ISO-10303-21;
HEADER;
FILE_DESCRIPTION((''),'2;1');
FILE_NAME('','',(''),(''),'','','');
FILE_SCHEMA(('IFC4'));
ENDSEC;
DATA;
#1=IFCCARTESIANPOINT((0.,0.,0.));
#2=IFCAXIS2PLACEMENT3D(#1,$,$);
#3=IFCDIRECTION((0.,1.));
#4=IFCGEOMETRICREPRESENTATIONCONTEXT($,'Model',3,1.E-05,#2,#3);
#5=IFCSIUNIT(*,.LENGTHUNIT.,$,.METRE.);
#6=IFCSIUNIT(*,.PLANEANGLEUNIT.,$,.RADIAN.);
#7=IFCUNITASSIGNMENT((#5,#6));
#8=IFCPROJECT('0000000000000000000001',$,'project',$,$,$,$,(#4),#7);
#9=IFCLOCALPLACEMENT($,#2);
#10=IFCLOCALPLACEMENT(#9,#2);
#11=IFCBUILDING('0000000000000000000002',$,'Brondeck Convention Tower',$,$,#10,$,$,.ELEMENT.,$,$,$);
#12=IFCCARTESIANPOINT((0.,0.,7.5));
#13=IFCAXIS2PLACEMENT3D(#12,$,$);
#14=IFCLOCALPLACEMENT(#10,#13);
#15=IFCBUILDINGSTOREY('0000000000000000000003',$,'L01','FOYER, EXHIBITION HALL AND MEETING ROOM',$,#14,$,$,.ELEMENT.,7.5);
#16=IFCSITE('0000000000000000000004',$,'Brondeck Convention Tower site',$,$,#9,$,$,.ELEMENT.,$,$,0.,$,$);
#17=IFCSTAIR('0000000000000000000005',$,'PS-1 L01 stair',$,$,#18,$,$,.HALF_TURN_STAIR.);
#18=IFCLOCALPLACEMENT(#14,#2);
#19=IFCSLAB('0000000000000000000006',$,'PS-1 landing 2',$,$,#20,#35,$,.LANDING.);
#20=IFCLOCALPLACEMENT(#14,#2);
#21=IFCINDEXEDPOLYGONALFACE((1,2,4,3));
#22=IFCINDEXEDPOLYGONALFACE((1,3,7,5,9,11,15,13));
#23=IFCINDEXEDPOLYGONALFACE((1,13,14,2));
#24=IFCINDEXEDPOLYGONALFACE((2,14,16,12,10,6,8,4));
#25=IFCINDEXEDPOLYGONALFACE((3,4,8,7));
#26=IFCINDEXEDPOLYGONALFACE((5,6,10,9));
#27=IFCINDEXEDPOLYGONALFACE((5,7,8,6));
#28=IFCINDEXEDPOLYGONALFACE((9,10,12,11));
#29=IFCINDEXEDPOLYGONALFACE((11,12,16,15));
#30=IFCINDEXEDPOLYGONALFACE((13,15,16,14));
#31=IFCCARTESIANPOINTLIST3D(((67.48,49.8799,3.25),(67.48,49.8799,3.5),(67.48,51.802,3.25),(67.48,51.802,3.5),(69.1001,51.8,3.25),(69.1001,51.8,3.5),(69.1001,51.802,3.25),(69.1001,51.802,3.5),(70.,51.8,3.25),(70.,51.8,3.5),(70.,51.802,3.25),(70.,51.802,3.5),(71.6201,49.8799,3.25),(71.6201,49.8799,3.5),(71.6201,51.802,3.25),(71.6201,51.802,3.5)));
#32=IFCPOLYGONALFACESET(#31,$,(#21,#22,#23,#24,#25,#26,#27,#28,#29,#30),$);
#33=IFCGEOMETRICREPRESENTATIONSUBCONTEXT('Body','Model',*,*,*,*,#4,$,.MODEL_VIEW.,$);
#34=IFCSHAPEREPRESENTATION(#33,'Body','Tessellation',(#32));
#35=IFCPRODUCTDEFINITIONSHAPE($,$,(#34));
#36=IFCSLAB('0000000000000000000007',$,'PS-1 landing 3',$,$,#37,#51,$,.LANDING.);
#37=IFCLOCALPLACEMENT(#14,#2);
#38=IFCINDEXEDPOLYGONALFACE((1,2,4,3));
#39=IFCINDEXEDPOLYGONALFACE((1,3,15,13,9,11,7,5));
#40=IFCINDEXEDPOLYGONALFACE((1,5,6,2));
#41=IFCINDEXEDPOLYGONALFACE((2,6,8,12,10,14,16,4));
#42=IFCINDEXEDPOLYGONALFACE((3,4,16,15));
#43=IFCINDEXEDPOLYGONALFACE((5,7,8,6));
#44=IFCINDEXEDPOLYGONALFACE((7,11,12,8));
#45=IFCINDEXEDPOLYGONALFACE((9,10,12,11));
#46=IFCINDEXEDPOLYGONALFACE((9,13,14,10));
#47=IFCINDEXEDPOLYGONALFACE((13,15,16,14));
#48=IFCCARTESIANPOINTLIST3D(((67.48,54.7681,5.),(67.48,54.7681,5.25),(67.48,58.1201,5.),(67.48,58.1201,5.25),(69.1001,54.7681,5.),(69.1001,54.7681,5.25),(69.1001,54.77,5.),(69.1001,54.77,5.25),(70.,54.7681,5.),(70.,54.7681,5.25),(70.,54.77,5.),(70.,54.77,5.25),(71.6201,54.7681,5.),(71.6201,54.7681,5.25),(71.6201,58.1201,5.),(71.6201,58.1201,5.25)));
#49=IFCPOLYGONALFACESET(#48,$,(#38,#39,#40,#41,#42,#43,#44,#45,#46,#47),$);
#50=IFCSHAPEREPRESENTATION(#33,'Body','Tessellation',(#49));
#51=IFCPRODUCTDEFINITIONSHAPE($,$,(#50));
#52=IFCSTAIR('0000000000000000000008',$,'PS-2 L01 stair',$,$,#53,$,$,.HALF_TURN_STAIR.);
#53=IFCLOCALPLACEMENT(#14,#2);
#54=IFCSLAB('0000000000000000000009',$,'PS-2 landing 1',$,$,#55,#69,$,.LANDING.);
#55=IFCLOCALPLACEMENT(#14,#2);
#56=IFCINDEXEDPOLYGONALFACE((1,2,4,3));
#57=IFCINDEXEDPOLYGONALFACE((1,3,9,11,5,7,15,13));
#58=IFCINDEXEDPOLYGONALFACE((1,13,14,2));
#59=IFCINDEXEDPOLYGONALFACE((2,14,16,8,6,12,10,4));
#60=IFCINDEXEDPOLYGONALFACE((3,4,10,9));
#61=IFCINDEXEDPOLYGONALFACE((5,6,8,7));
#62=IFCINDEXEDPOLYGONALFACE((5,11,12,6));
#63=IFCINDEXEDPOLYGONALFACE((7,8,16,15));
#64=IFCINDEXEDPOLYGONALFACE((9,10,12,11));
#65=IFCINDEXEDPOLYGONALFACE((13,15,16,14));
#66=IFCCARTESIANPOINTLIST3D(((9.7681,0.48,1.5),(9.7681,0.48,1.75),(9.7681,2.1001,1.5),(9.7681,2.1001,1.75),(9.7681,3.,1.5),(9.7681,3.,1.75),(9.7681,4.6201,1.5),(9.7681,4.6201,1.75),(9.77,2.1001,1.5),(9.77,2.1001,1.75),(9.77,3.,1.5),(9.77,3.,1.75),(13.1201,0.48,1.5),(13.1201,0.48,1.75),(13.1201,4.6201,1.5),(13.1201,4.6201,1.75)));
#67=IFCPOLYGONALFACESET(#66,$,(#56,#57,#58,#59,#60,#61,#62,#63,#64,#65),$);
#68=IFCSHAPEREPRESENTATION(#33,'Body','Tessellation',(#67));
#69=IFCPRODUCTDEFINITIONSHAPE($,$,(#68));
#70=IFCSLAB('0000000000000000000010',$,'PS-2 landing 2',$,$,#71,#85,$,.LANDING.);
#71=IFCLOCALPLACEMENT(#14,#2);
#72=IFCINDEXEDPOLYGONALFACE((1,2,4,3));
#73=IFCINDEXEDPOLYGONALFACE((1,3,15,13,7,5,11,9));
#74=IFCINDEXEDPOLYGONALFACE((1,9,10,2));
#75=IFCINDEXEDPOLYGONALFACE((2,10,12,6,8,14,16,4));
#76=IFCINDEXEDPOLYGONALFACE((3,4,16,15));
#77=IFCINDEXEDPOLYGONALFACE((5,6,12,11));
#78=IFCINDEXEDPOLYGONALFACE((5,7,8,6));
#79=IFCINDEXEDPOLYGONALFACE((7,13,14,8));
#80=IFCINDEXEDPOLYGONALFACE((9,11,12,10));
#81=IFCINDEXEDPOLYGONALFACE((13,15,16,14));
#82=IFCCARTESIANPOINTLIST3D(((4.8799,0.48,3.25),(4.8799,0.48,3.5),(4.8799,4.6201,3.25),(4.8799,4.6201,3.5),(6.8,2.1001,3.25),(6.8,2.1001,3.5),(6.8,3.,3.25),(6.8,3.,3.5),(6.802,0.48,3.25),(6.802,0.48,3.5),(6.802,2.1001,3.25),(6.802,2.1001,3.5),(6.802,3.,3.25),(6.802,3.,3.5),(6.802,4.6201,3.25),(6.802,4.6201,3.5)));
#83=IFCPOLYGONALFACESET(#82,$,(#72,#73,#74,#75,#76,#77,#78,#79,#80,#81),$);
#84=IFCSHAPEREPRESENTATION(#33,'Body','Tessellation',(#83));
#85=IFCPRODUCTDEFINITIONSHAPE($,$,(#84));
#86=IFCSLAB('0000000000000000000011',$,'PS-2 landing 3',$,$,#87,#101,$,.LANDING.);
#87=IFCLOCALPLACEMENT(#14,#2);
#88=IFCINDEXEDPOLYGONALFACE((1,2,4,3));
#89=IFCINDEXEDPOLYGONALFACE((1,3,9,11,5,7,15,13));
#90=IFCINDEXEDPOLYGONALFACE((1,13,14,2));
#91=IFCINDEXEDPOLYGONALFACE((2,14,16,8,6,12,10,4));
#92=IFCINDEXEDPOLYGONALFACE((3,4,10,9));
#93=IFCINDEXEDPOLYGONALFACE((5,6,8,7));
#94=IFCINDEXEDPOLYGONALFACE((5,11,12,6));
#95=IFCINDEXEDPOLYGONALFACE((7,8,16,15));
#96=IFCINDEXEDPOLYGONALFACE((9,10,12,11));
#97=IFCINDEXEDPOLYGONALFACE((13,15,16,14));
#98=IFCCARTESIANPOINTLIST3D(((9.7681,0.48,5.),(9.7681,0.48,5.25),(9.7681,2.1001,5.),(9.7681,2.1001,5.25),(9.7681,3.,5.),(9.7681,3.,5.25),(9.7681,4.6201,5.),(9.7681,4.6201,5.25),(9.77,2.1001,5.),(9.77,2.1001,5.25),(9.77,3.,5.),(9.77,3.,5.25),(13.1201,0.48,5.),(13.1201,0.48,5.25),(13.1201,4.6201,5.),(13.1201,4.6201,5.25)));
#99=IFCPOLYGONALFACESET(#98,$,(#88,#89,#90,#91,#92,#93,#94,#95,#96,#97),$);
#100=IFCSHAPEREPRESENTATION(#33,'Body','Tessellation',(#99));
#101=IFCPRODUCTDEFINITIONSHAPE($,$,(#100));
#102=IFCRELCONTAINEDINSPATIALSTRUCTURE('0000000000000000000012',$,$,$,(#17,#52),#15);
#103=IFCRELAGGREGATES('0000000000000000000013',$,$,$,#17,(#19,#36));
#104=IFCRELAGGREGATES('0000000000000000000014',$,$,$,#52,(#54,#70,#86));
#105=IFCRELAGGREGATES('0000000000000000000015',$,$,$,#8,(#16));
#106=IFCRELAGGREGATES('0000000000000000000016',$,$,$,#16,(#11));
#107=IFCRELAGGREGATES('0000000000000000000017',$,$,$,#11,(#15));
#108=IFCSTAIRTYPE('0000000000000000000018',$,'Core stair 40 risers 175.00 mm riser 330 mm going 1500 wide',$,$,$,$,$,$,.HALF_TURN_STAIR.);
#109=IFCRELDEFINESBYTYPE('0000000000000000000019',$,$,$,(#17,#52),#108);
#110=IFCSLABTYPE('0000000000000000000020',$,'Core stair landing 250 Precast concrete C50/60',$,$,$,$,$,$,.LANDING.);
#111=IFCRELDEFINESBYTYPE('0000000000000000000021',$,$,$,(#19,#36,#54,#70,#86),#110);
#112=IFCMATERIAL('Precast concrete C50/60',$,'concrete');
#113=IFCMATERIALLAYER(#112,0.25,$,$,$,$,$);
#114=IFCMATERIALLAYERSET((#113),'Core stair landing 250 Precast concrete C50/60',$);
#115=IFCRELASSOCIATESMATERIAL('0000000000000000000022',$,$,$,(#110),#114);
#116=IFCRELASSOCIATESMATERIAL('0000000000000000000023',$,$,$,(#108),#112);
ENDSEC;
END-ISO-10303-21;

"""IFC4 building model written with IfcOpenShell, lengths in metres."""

from ifc_helpers import new_model, si_unit, direction, frame, origin, place, context, subcontext, project, spatial, polyline, outline, extrude, material, layer, layer_set, type_object, element, aggregate, save


model = new_model("IFC4")

# Units and contexts
model_context = context("Model", 3, precision=1e-05, world=origin(), true_north=direction((0.0, 1.0)))
body_context = subcontext(model_context, "Body", "Model", "MODEL_VIEW")
ifc_project = project(units=[si_unit("LENGTHUNIT", "METRE"), si_unit("PLANEANGLEUNIT", "RADIAN")], contexts=[model_context])

# Site, building, storey
site_placement = place(None, origin())
site = spatial("IfcSite", under=ifc_project, at=site_placement, Name="Brondeck Convention Tower site", CompositionType="ELEMENT", RefElevation=0.0)
building_placement = place(site_placement, origin())
building = spatial("IfcBuilding", under=site, at=building_placement, Name="Brondeck Convention Tower", CompositionType="ELEMENT")
storey_placement = place(building_placement, frame((0.0, 0.0, 7.5)))
storey = spatial("IfcBuildingStorey", under=building, at=storey_placement, Name="L01", Description="FOYER, EXHIBITION HALL AND MEETING ROOM", CompositionType="ELEMENT", Elevation=7.5)

# Stairs, slabs
ifc_material_1 = material(Name="Precast concrete C50/60", Category="concrete")
ifc_layer_1 = layer(ifc_material_1, 0.25)
ifc_layer_set_1 = layer_set([ifc_layer_1], Name="Core stair landing 250 Precast concrete C50/60")
slab_type_1 = type_object("IfcSlabType", Name="Core stair landing 250 Precast concrete C50/60", PredefinedType="LANDING", material=ifc_layer_set_1)
stair_type_1 = type_object("IfcStairType", Name="Core stair 40 risers 175.00 mm riser 330 mm going 1500 wide", PredefinedType="HALF_TURN_STAIR", material=ifc_material_1)
stair_1_placement = place(storey_placement, origin())
stair_1 = element("IfcStair", 1, at=stair_1_placement, inside=storey, type_object=stair_type_1, Name="PS-1 L01 stair", PredefinedType="HALF_TURN_STAIR")
slab_1_placement = place(storey_placement, frame((0.0, 0.0, 3.25)))
slab_1 = element("IfcSlab", 2, at=slab_1_placement, type_object=slab_type_1, Name="PS-1 landing 2", PredefinedType="LANDING", context=body_context, shape_type="SweptSolid", body=[
    extrude(outline(polyline([(71.6201, 49.8799), (67.48, 49.8799), (67.48, 51.802), (69.1001, 51.802), (69.1001, 51.8), (70.0, 51.8), (70.0, 51.802), (71.6201, 51.802), (71.6201, 49.8799)])), origin(), (0.0, 0.0, 1.0), 0.25),
])
slab_2_placement = place(storey_placement, frame((0.0, 0.0, 5.0)))
slab_2 = element("IfcSlab", 3, at=slab_2_placement, type_object=slab_type_1, Name="PS-1 landing 3", PredefinedType="LANDING", context=body_context, shape_type="SweptSolid", body=[
    extrude(outline(polyline([(69.1001, 54.7681), (67.48, 54.7681), (67.48, 58.1201), (71.6201, 58.1201), (71.6201, 54.7681), (70.0, 54.7681), (70.0, 54.77), (69.1001, 54.77), (69.1001, 54.7681)])), origin(), (0.0, 0.0, 1.0), 0.25),
])
aggregate(stair_1, [slab_1, slab_2])
stair_2_placement = place(storey_placement, origin())
stair_2 = element("IfcStair", 4, at=stair_2_placement, inside=storey, type_object=stair_type_1, Name="PS-2 L01 stair", PredefinedType="HALF_TURN_STAIR")
slab_3_placement = place(storey_placement, frame((0.0, 0.0, 1.5)))
slab_3 = element("IfcSlab", 5, at=slab_3_placement, type_object=slab_type_1, Name="PS-2 landing 1", PredefinedType="LANDING", context=body_context, shape_type="SweptSolid", body=[
    extrude(outline(polyline([(9.7681, 0.48), (9.7681, 2.1001), (9.77, 2.1001), (9.77, 3.0), (9.7681, 3.0), (9.7681, 4.6201), (13.1201, 4.6201), (13.1201, 0.48), (9.7681, 0.48)])), origin(), (0.0, 0.0, 1.0), 0.25),
])
slab_4_placement = place(storey_placement, frame((0.0, 0.0, 3.25)))
slab_4 = element("IfcSlab", 6, at=slab_4_placement, type_object=slab_type_1, Name="PS-2 landing 2", PredefinedType="LANDING", context=body_context, shape_type="SweptSolid", body=[
    extrude(outline(polyline([(4.8799, 0.48), (4.8799, 4.6201), (6.802, 4.6201), (6.802, 3.0), (6.8, 3.0), (6.8, 2.1001), (6.802, 2.1001), (6.802, 0.48), (4.8799, 0.48)])), origin(), (0.0, 0.0, 1.0), 0.25),
])
slab_5_placement = place(storey_placement, frame((0.0, 0.0, 5.0)))
slab_5 = element("IfcSlab", 7, at=slab_5_placement, type_object=slab_type_1, Name="PS-2 landing 3", PredefinedType="LANDING", context=body_context, shape_type="SweptSolid", body=[
    extrude(outline(polyline([(9.7681, 0.48), (9.7681, 2.1001), (9.77, 2.1001), (9.77, 3.0), (9.7681, 3.0), (9.7681, 4.6201), (13.1201, 4.6201), (13.1201, 0.48), (9.7681, 0.48)])), origin(), (0.0, 0.0, 1.0), 0.25),
])
aggregate(stair_2, [slab_3, slab_4, slab_5])

save(model, "model.ifc")
